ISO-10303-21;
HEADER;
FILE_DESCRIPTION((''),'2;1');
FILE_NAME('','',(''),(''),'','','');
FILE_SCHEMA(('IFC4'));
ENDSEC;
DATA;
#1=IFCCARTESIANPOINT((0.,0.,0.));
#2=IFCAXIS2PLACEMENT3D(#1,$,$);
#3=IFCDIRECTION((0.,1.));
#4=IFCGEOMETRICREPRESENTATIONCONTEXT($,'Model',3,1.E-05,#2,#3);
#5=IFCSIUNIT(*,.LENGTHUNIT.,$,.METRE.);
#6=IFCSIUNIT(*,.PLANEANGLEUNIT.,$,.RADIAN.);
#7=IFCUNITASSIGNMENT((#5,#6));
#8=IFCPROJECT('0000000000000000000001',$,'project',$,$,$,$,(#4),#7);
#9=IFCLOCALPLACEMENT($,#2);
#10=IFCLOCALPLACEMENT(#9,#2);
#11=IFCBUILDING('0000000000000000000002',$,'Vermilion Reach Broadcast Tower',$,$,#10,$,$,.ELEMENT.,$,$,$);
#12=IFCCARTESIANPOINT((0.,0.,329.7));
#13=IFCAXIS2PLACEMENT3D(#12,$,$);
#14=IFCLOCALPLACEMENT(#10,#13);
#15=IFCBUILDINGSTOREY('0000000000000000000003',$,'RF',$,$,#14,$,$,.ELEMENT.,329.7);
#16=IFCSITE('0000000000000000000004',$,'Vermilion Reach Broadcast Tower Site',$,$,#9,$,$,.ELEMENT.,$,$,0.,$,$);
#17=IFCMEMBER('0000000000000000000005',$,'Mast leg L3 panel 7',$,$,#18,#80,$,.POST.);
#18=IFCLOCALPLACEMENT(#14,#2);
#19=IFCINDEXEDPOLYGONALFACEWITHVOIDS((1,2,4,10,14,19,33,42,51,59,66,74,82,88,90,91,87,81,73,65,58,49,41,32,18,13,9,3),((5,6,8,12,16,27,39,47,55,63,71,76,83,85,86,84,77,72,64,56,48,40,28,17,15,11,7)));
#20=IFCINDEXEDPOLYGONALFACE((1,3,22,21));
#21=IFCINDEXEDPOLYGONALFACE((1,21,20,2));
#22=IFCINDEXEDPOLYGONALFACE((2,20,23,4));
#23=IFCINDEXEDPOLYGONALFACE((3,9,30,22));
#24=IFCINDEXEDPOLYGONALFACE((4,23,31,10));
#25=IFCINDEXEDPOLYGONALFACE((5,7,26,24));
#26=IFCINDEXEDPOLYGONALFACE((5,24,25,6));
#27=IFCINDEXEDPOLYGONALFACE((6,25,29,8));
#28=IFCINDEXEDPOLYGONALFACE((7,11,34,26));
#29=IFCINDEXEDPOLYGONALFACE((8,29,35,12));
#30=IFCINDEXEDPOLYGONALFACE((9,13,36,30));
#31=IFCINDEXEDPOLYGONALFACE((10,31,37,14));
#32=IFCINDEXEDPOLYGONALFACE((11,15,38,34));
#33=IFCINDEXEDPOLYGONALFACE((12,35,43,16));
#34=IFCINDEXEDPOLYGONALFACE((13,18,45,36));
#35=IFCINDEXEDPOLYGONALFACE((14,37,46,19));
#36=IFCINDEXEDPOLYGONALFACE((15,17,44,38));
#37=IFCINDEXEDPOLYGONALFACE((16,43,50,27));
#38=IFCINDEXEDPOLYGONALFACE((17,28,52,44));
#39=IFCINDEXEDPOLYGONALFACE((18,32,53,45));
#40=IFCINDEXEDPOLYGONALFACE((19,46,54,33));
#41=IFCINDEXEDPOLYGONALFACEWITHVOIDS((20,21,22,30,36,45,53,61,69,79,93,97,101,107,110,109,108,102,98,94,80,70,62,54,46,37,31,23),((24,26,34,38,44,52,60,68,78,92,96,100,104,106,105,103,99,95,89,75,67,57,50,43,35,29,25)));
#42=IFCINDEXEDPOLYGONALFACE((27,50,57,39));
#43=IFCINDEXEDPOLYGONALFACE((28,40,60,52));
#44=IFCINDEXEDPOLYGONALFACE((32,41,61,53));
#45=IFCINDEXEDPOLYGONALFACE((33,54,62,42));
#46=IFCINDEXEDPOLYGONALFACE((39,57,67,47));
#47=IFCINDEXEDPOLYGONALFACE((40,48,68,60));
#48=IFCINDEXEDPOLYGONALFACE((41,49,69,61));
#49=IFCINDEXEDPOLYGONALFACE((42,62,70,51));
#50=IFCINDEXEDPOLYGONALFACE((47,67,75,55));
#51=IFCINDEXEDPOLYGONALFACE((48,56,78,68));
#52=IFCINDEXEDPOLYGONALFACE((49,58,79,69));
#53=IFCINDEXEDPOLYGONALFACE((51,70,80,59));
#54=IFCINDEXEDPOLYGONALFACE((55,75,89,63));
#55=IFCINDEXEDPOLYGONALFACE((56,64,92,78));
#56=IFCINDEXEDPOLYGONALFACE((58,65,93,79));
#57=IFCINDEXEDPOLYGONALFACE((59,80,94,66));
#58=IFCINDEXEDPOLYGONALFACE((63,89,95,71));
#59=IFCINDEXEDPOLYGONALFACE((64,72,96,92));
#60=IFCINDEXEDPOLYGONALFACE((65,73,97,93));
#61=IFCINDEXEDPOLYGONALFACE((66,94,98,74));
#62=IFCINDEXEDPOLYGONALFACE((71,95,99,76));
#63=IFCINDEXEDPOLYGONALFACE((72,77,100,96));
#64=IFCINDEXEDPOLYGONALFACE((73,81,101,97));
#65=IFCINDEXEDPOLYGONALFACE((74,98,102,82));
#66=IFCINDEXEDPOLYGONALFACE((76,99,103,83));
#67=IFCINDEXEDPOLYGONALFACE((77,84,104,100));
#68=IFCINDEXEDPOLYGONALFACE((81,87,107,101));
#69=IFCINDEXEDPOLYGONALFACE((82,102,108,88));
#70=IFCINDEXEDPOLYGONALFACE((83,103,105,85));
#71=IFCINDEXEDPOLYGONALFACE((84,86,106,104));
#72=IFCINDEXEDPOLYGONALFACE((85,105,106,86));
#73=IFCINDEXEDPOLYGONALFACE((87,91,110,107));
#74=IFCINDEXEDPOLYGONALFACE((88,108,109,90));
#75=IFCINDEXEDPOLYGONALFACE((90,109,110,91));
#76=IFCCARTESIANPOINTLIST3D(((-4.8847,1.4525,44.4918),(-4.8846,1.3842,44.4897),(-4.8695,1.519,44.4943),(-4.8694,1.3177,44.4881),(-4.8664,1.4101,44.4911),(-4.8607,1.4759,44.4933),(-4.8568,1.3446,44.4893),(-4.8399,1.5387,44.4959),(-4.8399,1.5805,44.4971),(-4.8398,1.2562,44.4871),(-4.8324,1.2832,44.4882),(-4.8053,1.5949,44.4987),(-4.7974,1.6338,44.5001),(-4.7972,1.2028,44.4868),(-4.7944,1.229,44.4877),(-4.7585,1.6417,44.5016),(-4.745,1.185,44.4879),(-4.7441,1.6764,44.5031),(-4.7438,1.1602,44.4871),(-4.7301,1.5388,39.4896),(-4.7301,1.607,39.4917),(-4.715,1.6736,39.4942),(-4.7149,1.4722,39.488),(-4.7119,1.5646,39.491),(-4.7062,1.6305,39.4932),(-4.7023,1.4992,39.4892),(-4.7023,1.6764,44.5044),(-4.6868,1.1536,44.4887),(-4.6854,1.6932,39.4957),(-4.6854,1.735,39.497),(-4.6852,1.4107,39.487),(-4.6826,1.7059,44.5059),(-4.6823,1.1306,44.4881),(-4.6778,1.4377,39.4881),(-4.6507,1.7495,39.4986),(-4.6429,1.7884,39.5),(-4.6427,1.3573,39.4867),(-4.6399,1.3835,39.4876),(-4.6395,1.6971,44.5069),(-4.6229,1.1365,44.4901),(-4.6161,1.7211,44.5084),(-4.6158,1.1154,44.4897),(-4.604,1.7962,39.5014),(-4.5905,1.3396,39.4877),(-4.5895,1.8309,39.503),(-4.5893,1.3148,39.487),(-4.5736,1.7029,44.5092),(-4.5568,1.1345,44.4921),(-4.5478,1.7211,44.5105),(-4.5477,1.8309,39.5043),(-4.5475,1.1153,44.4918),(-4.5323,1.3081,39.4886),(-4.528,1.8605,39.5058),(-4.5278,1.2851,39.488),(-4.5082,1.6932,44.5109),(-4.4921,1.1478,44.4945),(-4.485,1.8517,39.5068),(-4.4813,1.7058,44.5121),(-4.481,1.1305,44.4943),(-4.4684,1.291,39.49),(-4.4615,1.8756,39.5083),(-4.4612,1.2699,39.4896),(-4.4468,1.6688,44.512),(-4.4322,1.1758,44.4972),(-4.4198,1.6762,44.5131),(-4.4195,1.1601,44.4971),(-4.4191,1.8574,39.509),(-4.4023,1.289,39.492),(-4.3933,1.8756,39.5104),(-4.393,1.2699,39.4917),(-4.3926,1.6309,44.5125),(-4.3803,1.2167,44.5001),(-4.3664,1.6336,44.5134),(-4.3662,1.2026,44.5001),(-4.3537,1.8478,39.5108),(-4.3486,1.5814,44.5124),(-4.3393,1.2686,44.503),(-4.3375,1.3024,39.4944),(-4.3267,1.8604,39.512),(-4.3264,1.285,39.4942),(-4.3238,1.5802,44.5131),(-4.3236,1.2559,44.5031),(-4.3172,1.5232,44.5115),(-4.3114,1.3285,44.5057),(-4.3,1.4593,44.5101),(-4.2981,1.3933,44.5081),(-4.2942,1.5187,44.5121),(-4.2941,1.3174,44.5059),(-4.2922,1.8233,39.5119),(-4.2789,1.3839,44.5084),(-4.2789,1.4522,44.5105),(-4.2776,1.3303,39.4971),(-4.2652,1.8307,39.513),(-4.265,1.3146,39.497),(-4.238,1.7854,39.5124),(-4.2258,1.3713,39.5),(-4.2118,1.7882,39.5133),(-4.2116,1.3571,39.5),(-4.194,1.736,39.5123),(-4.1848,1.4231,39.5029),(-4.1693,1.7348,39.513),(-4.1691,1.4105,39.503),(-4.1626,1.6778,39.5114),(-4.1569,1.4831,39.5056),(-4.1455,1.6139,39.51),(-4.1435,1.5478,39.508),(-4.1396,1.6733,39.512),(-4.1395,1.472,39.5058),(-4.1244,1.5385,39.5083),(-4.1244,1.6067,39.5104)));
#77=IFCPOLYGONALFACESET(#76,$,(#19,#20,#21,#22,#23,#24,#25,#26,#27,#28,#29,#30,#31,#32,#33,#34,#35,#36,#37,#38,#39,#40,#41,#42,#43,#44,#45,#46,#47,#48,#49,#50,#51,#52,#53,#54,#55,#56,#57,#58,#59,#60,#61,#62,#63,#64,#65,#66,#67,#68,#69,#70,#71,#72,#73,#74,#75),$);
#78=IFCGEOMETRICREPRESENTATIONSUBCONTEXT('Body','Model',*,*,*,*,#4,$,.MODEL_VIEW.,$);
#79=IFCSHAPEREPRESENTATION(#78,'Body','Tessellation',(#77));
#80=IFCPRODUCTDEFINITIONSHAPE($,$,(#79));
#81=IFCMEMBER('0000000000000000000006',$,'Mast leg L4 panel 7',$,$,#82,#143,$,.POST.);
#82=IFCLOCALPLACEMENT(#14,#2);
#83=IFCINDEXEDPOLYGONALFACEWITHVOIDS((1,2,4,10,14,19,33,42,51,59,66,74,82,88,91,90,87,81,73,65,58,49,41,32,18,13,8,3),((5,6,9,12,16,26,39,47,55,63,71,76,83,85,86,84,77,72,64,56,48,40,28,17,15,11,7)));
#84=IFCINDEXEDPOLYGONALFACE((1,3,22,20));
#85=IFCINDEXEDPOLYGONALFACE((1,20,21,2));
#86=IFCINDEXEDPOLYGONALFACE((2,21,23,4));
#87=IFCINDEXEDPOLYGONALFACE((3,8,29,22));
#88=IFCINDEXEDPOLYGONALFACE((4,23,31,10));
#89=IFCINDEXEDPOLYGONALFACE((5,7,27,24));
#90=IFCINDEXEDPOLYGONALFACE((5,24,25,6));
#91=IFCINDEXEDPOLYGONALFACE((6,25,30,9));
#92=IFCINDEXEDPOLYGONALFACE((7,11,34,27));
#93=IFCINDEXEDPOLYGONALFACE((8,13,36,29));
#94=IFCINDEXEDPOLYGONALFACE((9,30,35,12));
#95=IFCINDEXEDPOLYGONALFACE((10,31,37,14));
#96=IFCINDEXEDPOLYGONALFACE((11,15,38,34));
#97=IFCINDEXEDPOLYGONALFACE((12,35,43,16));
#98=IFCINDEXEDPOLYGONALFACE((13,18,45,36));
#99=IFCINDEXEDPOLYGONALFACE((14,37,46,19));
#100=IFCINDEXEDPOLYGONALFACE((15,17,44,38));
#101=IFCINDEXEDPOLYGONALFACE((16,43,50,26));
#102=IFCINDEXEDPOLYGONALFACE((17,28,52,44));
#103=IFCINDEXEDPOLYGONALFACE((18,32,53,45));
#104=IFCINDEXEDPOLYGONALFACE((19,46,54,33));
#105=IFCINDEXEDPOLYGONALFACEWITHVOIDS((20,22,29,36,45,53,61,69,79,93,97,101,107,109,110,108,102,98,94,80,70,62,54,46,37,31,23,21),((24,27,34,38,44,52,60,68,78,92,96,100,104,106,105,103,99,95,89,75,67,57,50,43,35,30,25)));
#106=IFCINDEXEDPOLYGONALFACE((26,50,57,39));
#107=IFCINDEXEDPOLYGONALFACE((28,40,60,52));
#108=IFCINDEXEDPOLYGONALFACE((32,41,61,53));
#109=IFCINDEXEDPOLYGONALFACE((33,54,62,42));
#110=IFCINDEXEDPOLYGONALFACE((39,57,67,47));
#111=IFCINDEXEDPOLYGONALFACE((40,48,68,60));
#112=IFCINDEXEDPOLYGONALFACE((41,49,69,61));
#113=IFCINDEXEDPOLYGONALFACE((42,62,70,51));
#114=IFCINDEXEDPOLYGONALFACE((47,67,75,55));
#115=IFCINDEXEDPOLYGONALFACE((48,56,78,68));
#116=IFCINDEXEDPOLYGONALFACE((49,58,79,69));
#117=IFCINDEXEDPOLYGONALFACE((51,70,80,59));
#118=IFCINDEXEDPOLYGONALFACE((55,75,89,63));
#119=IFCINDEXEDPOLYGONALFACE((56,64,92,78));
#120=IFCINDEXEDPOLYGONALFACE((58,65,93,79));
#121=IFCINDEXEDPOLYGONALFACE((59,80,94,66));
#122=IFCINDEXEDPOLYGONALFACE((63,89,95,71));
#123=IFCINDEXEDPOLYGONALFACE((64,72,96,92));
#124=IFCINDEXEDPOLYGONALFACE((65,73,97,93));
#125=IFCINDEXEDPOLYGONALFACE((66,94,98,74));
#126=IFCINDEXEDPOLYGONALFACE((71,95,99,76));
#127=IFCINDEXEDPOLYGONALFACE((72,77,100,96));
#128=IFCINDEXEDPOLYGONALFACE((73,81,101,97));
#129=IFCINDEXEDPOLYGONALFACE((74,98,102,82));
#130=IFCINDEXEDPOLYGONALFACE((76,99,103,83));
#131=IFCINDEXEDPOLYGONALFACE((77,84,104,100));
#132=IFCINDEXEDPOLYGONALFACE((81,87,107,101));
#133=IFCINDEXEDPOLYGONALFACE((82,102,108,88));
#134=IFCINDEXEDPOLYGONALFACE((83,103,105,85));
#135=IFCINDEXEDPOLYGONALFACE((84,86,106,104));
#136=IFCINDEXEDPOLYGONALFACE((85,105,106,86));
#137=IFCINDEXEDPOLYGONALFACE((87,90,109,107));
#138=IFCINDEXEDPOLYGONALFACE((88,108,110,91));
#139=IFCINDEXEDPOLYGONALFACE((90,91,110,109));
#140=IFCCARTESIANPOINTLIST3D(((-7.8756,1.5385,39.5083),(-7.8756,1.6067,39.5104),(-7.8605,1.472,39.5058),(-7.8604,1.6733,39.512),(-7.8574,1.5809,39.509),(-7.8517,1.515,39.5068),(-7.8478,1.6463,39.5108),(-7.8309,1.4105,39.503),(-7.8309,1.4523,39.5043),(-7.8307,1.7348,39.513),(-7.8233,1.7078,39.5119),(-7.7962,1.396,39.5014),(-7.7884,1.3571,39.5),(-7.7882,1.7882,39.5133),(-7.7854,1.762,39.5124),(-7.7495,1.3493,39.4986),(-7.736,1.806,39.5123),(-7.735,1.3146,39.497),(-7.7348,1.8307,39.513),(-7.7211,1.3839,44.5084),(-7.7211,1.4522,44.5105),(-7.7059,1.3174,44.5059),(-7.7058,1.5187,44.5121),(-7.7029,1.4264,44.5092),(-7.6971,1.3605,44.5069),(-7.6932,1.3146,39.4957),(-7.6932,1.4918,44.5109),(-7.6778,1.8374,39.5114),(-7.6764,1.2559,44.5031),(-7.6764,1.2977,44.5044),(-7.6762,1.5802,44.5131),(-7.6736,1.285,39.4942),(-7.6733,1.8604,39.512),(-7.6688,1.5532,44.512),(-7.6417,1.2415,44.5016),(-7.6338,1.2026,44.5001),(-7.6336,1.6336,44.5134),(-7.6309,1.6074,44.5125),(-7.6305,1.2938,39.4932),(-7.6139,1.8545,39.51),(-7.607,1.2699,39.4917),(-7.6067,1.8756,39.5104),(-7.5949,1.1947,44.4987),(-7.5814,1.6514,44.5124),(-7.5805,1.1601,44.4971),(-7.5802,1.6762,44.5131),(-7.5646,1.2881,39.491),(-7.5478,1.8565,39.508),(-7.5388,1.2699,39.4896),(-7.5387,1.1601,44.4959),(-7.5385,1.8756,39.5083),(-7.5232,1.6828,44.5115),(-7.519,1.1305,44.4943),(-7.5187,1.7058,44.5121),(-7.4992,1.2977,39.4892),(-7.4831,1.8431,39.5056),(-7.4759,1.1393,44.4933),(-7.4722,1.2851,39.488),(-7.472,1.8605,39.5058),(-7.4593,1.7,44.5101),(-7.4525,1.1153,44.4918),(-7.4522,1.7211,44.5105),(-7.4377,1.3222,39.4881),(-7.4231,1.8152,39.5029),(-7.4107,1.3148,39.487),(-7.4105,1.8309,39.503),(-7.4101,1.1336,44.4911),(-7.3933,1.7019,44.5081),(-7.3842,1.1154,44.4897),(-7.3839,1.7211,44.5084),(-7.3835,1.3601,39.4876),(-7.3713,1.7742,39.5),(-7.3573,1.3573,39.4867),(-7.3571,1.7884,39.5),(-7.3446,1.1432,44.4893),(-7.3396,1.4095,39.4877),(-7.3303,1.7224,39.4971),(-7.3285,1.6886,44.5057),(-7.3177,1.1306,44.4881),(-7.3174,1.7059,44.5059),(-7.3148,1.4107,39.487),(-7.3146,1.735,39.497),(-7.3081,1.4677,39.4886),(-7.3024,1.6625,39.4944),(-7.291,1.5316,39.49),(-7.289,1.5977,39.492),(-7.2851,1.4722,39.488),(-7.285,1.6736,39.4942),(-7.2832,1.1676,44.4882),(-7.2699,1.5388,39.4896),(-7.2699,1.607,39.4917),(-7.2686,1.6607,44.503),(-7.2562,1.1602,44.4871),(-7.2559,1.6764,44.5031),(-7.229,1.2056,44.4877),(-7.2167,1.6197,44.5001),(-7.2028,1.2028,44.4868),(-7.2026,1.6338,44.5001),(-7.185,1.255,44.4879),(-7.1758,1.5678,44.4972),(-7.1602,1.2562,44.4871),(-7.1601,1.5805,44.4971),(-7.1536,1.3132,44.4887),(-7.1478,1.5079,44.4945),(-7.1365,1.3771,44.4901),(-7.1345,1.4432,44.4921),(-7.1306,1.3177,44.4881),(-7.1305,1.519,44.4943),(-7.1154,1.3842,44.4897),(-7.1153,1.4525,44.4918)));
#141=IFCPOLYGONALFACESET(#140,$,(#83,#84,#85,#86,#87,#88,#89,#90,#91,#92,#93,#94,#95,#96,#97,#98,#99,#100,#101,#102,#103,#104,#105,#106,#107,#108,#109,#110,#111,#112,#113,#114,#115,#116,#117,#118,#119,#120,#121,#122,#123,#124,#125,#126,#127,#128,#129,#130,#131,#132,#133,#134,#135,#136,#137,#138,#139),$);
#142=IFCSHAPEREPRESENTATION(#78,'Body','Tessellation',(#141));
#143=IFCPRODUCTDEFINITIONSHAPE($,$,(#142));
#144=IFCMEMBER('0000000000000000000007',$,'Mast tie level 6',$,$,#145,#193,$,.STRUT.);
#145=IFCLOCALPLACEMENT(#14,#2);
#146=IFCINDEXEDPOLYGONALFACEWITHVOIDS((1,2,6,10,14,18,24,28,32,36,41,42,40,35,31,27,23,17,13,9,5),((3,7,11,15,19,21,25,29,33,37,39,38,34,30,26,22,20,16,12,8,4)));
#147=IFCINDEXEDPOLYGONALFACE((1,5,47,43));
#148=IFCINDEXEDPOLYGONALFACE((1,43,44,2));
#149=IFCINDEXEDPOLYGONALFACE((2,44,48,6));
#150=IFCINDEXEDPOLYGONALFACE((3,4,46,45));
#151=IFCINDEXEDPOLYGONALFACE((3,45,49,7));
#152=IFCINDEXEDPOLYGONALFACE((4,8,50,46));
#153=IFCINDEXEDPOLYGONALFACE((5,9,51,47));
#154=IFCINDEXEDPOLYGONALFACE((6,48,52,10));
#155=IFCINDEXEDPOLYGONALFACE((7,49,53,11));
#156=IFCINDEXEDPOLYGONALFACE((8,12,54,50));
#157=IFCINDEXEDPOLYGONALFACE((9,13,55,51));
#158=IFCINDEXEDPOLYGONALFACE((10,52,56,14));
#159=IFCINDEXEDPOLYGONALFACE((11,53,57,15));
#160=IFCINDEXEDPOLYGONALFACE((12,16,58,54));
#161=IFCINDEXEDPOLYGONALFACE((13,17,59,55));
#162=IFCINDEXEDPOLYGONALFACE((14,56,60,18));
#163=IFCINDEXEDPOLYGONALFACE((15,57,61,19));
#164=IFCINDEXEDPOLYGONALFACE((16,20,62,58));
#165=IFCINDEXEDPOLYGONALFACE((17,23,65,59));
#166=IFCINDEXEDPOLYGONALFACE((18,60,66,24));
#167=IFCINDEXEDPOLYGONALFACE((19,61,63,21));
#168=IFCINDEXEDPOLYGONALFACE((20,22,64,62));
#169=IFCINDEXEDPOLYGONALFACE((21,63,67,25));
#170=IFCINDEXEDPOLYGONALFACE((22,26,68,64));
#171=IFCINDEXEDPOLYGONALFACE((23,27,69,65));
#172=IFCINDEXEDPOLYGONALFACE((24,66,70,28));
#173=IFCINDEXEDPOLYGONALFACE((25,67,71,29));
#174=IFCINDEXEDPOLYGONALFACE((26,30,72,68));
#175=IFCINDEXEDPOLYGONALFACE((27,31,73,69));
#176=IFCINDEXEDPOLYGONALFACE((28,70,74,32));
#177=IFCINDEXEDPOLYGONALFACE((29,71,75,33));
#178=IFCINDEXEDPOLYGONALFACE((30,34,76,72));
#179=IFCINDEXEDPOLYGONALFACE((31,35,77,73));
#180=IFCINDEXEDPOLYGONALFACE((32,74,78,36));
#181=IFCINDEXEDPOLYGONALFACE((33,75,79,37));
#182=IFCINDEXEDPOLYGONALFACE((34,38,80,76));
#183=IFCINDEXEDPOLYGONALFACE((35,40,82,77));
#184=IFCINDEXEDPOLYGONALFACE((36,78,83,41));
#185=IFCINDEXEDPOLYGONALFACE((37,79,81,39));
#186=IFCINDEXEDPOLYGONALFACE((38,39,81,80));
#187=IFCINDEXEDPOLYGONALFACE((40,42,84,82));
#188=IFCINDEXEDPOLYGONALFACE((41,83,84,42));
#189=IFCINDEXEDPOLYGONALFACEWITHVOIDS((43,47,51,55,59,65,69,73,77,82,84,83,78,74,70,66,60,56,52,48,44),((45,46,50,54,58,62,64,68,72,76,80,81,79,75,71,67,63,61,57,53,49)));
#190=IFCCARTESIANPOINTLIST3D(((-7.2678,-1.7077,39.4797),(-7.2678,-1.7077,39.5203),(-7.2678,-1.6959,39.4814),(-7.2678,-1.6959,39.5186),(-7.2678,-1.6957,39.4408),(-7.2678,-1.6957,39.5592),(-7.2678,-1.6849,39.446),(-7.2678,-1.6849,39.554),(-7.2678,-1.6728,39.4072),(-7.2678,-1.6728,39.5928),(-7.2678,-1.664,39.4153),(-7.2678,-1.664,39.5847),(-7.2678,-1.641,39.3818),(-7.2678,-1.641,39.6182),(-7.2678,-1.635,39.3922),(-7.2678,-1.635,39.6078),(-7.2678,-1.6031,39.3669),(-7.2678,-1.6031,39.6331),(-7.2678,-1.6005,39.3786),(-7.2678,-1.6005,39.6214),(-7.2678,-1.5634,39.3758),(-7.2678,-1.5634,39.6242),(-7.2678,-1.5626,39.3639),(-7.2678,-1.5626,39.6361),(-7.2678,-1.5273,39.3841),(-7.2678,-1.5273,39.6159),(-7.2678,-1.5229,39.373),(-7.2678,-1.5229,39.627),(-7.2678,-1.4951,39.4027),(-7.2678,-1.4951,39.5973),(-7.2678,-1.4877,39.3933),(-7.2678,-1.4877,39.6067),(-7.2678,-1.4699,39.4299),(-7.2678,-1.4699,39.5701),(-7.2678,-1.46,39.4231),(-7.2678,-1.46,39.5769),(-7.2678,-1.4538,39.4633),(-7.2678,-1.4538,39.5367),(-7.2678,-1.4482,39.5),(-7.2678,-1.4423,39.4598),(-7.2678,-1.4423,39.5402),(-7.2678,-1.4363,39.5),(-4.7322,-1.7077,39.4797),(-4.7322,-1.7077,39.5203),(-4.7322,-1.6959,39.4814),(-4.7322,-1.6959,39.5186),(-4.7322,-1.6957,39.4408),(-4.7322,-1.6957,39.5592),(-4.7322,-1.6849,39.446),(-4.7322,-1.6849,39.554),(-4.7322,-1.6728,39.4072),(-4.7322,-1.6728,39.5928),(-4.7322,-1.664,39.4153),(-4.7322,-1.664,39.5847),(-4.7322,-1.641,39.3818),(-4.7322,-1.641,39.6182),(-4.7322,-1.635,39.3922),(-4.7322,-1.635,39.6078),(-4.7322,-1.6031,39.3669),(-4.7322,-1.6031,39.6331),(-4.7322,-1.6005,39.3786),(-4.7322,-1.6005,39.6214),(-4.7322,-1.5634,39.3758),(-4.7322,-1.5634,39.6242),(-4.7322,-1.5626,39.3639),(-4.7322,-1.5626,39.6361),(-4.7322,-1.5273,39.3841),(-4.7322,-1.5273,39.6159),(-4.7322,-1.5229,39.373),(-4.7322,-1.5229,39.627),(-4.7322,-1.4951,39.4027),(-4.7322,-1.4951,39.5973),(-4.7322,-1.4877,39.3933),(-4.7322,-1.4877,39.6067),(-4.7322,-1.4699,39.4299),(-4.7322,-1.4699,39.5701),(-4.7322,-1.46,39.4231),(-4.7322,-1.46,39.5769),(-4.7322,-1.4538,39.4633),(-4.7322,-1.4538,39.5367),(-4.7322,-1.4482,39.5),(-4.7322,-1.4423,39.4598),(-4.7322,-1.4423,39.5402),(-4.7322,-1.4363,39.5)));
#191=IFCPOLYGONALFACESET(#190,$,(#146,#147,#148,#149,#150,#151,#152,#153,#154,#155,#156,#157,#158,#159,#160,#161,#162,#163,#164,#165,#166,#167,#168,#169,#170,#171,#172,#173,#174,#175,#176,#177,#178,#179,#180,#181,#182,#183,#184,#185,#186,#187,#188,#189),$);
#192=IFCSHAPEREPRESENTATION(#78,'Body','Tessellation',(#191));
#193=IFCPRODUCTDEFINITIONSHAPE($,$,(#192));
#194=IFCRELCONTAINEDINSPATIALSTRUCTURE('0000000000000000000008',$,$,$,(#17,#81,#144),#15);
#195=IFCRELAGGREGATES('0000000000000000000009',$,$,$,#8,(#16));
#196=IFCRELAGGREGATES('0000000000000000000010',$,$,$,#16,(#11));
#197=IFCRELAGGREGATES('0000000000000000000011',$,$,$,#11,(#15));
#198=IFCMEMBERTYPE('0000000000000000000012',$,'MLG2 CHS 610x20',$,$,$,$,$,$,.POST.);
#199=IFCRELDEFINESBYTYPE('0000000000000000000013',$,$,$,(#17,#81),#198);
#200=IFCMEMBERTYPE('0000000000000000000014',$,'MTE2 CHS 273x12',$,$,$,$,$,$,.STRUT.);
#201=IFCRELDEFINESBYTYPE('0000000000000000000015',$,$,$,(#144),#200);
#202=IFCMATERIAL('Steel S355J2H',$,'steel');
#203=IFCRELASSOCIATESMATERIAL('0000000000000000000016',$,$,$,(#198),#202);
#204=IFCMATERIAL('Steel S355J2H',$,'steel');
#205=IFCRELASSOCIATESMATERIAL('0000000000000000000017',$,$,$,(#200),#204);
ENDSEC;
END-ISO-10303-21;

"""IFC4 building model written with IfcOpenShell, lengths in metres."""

from ifc_helpers import new_model, si_unit, direction, frame, origin, origin_2d, place, context, subcontext, project, spatial, hollow_circle, extrude, material, material_profile, profile_set, type_object, element, save


model = new_model("IFC4")

# Units and contexts
model_context = context("Model", 3, precision=1e-05, world=origin(), true_north=direction((0.0, 1.0)))
body_context = subcontext(model_context, "Body", "Model", "MODEL_VIEW")
ifc_project = project(units=[si_unit("LENGTHUNIT", "METRE"), si_unit("PLANEANGLEUNIT", "RADIAN")], contexts=[model_context])

# Site, building, storey
site_placement = place(None, origin())
site = spatial("IfcSite", under=ifc_project, at=site_placement, Name="Vermilion Reach Broadcast Tower Site", CompositionType="ELEMENT", RefElevation=0.0)
building_placement = place(site_placement, origin())
building = spatial("IfcBuilding", under=site, at=building_placement, Name="Vermilion Reach Broadcast Tower", CompositionType="ELEMENT")
storey_placement = place(building_placement, frame((0.0, 0.0, 329.7)))
storey = spatial("IfcBuildingStorey", under=building, at=storey_placement, Name="RF", CompositionType="ELEMENT", Elevation=329.7)

# Members
ifc_material_1 = material(Name="Steel S355J2H", Category="steel")
ifc_material_profile_1 = material_profile(ifc_material_1, hollow_circle(Radius=0.3049, WallThickness=0.02, at=origin_2d()), Name="S355J2H CHS 610x20")
ifc_profile_set_1 = profile_set([ifc_material_profile_1], Name="Steel S355J2H")
member_type_1 = type_object("IfcMemberType", Name="MLG2 CHS 610x20", PredefinedType="POST", material=ifc_profile_set_1)
for number, where, z_axis, x_axis, name in (
    (1, (-4.4272, 1.5728, 39.5), (-0.030879, -0.030879, 0.999046), (0.707107, -0.707107, 0.0), "Mast leg L3 panel 7"),
    (2, (-7.5728, 1.5728, 39.5), (0.030879, -0.030879, 0.999046), (0.707107, 0.707107, 0.0), "Mast leg L4 panel 7"),
):
    element("IfcMember", number, at=place(storey_placement, frame(where, z_axis=z_axis, x_axis=x_axis)), inside=storey, type_object=member_type_1, Name=name, PredefinedType="POST", context=body_context, shape_type="SweptSolid", body=[
        extrude(hollow_circle(Radius=0.3049, WallThickness=0.02, at=origin_2d()), origin(), (0.0, 0.0, 1.0), 5.0049),
    ])
ifc_material_2 = material(Name="Steel S355J2H", Category="steel")
ifc_material_profile_2 = material_profile(ifc_material_2, hollow_circle(Radius=0.1365, WallThickness=0.012, at=origin_2d()), Name="S355J2H CHS 273x12")
ifc_profile_set_2 = profile_set([ifc_material_profile_2], Name="Steel S355J2H")
member_type_2 = type_object("IfcMemberType", Name="MTE2 CHS 273x12", PredefinedType="STRUT", material=ifc_profile_set_2)
for number, where, z_axis, x_axis, name in (
    (3, (-7.2678, -1.5728, 39.5), (1.0, 0.0, 0.0), (0.0, 1.0, 0.0), "Mast tie level 6"),
):
    element("IfcMember", number, at=place(storey_placement, frame(where, z_axis=z_axis, x_axis=x_axis)), inside=storey, type_object=member_type_2, Name=name, PredefinedType="STRUT", context=body_context, shape_type="SweptSolid", body=[
        extrude(hollow_circle(Radius=0.1365, WallThickness=0.012, at=origin_2d()), origin(), (0.0, 0.0, 1.0), 2.5356),
    ])

save(model, "model.ifc")
